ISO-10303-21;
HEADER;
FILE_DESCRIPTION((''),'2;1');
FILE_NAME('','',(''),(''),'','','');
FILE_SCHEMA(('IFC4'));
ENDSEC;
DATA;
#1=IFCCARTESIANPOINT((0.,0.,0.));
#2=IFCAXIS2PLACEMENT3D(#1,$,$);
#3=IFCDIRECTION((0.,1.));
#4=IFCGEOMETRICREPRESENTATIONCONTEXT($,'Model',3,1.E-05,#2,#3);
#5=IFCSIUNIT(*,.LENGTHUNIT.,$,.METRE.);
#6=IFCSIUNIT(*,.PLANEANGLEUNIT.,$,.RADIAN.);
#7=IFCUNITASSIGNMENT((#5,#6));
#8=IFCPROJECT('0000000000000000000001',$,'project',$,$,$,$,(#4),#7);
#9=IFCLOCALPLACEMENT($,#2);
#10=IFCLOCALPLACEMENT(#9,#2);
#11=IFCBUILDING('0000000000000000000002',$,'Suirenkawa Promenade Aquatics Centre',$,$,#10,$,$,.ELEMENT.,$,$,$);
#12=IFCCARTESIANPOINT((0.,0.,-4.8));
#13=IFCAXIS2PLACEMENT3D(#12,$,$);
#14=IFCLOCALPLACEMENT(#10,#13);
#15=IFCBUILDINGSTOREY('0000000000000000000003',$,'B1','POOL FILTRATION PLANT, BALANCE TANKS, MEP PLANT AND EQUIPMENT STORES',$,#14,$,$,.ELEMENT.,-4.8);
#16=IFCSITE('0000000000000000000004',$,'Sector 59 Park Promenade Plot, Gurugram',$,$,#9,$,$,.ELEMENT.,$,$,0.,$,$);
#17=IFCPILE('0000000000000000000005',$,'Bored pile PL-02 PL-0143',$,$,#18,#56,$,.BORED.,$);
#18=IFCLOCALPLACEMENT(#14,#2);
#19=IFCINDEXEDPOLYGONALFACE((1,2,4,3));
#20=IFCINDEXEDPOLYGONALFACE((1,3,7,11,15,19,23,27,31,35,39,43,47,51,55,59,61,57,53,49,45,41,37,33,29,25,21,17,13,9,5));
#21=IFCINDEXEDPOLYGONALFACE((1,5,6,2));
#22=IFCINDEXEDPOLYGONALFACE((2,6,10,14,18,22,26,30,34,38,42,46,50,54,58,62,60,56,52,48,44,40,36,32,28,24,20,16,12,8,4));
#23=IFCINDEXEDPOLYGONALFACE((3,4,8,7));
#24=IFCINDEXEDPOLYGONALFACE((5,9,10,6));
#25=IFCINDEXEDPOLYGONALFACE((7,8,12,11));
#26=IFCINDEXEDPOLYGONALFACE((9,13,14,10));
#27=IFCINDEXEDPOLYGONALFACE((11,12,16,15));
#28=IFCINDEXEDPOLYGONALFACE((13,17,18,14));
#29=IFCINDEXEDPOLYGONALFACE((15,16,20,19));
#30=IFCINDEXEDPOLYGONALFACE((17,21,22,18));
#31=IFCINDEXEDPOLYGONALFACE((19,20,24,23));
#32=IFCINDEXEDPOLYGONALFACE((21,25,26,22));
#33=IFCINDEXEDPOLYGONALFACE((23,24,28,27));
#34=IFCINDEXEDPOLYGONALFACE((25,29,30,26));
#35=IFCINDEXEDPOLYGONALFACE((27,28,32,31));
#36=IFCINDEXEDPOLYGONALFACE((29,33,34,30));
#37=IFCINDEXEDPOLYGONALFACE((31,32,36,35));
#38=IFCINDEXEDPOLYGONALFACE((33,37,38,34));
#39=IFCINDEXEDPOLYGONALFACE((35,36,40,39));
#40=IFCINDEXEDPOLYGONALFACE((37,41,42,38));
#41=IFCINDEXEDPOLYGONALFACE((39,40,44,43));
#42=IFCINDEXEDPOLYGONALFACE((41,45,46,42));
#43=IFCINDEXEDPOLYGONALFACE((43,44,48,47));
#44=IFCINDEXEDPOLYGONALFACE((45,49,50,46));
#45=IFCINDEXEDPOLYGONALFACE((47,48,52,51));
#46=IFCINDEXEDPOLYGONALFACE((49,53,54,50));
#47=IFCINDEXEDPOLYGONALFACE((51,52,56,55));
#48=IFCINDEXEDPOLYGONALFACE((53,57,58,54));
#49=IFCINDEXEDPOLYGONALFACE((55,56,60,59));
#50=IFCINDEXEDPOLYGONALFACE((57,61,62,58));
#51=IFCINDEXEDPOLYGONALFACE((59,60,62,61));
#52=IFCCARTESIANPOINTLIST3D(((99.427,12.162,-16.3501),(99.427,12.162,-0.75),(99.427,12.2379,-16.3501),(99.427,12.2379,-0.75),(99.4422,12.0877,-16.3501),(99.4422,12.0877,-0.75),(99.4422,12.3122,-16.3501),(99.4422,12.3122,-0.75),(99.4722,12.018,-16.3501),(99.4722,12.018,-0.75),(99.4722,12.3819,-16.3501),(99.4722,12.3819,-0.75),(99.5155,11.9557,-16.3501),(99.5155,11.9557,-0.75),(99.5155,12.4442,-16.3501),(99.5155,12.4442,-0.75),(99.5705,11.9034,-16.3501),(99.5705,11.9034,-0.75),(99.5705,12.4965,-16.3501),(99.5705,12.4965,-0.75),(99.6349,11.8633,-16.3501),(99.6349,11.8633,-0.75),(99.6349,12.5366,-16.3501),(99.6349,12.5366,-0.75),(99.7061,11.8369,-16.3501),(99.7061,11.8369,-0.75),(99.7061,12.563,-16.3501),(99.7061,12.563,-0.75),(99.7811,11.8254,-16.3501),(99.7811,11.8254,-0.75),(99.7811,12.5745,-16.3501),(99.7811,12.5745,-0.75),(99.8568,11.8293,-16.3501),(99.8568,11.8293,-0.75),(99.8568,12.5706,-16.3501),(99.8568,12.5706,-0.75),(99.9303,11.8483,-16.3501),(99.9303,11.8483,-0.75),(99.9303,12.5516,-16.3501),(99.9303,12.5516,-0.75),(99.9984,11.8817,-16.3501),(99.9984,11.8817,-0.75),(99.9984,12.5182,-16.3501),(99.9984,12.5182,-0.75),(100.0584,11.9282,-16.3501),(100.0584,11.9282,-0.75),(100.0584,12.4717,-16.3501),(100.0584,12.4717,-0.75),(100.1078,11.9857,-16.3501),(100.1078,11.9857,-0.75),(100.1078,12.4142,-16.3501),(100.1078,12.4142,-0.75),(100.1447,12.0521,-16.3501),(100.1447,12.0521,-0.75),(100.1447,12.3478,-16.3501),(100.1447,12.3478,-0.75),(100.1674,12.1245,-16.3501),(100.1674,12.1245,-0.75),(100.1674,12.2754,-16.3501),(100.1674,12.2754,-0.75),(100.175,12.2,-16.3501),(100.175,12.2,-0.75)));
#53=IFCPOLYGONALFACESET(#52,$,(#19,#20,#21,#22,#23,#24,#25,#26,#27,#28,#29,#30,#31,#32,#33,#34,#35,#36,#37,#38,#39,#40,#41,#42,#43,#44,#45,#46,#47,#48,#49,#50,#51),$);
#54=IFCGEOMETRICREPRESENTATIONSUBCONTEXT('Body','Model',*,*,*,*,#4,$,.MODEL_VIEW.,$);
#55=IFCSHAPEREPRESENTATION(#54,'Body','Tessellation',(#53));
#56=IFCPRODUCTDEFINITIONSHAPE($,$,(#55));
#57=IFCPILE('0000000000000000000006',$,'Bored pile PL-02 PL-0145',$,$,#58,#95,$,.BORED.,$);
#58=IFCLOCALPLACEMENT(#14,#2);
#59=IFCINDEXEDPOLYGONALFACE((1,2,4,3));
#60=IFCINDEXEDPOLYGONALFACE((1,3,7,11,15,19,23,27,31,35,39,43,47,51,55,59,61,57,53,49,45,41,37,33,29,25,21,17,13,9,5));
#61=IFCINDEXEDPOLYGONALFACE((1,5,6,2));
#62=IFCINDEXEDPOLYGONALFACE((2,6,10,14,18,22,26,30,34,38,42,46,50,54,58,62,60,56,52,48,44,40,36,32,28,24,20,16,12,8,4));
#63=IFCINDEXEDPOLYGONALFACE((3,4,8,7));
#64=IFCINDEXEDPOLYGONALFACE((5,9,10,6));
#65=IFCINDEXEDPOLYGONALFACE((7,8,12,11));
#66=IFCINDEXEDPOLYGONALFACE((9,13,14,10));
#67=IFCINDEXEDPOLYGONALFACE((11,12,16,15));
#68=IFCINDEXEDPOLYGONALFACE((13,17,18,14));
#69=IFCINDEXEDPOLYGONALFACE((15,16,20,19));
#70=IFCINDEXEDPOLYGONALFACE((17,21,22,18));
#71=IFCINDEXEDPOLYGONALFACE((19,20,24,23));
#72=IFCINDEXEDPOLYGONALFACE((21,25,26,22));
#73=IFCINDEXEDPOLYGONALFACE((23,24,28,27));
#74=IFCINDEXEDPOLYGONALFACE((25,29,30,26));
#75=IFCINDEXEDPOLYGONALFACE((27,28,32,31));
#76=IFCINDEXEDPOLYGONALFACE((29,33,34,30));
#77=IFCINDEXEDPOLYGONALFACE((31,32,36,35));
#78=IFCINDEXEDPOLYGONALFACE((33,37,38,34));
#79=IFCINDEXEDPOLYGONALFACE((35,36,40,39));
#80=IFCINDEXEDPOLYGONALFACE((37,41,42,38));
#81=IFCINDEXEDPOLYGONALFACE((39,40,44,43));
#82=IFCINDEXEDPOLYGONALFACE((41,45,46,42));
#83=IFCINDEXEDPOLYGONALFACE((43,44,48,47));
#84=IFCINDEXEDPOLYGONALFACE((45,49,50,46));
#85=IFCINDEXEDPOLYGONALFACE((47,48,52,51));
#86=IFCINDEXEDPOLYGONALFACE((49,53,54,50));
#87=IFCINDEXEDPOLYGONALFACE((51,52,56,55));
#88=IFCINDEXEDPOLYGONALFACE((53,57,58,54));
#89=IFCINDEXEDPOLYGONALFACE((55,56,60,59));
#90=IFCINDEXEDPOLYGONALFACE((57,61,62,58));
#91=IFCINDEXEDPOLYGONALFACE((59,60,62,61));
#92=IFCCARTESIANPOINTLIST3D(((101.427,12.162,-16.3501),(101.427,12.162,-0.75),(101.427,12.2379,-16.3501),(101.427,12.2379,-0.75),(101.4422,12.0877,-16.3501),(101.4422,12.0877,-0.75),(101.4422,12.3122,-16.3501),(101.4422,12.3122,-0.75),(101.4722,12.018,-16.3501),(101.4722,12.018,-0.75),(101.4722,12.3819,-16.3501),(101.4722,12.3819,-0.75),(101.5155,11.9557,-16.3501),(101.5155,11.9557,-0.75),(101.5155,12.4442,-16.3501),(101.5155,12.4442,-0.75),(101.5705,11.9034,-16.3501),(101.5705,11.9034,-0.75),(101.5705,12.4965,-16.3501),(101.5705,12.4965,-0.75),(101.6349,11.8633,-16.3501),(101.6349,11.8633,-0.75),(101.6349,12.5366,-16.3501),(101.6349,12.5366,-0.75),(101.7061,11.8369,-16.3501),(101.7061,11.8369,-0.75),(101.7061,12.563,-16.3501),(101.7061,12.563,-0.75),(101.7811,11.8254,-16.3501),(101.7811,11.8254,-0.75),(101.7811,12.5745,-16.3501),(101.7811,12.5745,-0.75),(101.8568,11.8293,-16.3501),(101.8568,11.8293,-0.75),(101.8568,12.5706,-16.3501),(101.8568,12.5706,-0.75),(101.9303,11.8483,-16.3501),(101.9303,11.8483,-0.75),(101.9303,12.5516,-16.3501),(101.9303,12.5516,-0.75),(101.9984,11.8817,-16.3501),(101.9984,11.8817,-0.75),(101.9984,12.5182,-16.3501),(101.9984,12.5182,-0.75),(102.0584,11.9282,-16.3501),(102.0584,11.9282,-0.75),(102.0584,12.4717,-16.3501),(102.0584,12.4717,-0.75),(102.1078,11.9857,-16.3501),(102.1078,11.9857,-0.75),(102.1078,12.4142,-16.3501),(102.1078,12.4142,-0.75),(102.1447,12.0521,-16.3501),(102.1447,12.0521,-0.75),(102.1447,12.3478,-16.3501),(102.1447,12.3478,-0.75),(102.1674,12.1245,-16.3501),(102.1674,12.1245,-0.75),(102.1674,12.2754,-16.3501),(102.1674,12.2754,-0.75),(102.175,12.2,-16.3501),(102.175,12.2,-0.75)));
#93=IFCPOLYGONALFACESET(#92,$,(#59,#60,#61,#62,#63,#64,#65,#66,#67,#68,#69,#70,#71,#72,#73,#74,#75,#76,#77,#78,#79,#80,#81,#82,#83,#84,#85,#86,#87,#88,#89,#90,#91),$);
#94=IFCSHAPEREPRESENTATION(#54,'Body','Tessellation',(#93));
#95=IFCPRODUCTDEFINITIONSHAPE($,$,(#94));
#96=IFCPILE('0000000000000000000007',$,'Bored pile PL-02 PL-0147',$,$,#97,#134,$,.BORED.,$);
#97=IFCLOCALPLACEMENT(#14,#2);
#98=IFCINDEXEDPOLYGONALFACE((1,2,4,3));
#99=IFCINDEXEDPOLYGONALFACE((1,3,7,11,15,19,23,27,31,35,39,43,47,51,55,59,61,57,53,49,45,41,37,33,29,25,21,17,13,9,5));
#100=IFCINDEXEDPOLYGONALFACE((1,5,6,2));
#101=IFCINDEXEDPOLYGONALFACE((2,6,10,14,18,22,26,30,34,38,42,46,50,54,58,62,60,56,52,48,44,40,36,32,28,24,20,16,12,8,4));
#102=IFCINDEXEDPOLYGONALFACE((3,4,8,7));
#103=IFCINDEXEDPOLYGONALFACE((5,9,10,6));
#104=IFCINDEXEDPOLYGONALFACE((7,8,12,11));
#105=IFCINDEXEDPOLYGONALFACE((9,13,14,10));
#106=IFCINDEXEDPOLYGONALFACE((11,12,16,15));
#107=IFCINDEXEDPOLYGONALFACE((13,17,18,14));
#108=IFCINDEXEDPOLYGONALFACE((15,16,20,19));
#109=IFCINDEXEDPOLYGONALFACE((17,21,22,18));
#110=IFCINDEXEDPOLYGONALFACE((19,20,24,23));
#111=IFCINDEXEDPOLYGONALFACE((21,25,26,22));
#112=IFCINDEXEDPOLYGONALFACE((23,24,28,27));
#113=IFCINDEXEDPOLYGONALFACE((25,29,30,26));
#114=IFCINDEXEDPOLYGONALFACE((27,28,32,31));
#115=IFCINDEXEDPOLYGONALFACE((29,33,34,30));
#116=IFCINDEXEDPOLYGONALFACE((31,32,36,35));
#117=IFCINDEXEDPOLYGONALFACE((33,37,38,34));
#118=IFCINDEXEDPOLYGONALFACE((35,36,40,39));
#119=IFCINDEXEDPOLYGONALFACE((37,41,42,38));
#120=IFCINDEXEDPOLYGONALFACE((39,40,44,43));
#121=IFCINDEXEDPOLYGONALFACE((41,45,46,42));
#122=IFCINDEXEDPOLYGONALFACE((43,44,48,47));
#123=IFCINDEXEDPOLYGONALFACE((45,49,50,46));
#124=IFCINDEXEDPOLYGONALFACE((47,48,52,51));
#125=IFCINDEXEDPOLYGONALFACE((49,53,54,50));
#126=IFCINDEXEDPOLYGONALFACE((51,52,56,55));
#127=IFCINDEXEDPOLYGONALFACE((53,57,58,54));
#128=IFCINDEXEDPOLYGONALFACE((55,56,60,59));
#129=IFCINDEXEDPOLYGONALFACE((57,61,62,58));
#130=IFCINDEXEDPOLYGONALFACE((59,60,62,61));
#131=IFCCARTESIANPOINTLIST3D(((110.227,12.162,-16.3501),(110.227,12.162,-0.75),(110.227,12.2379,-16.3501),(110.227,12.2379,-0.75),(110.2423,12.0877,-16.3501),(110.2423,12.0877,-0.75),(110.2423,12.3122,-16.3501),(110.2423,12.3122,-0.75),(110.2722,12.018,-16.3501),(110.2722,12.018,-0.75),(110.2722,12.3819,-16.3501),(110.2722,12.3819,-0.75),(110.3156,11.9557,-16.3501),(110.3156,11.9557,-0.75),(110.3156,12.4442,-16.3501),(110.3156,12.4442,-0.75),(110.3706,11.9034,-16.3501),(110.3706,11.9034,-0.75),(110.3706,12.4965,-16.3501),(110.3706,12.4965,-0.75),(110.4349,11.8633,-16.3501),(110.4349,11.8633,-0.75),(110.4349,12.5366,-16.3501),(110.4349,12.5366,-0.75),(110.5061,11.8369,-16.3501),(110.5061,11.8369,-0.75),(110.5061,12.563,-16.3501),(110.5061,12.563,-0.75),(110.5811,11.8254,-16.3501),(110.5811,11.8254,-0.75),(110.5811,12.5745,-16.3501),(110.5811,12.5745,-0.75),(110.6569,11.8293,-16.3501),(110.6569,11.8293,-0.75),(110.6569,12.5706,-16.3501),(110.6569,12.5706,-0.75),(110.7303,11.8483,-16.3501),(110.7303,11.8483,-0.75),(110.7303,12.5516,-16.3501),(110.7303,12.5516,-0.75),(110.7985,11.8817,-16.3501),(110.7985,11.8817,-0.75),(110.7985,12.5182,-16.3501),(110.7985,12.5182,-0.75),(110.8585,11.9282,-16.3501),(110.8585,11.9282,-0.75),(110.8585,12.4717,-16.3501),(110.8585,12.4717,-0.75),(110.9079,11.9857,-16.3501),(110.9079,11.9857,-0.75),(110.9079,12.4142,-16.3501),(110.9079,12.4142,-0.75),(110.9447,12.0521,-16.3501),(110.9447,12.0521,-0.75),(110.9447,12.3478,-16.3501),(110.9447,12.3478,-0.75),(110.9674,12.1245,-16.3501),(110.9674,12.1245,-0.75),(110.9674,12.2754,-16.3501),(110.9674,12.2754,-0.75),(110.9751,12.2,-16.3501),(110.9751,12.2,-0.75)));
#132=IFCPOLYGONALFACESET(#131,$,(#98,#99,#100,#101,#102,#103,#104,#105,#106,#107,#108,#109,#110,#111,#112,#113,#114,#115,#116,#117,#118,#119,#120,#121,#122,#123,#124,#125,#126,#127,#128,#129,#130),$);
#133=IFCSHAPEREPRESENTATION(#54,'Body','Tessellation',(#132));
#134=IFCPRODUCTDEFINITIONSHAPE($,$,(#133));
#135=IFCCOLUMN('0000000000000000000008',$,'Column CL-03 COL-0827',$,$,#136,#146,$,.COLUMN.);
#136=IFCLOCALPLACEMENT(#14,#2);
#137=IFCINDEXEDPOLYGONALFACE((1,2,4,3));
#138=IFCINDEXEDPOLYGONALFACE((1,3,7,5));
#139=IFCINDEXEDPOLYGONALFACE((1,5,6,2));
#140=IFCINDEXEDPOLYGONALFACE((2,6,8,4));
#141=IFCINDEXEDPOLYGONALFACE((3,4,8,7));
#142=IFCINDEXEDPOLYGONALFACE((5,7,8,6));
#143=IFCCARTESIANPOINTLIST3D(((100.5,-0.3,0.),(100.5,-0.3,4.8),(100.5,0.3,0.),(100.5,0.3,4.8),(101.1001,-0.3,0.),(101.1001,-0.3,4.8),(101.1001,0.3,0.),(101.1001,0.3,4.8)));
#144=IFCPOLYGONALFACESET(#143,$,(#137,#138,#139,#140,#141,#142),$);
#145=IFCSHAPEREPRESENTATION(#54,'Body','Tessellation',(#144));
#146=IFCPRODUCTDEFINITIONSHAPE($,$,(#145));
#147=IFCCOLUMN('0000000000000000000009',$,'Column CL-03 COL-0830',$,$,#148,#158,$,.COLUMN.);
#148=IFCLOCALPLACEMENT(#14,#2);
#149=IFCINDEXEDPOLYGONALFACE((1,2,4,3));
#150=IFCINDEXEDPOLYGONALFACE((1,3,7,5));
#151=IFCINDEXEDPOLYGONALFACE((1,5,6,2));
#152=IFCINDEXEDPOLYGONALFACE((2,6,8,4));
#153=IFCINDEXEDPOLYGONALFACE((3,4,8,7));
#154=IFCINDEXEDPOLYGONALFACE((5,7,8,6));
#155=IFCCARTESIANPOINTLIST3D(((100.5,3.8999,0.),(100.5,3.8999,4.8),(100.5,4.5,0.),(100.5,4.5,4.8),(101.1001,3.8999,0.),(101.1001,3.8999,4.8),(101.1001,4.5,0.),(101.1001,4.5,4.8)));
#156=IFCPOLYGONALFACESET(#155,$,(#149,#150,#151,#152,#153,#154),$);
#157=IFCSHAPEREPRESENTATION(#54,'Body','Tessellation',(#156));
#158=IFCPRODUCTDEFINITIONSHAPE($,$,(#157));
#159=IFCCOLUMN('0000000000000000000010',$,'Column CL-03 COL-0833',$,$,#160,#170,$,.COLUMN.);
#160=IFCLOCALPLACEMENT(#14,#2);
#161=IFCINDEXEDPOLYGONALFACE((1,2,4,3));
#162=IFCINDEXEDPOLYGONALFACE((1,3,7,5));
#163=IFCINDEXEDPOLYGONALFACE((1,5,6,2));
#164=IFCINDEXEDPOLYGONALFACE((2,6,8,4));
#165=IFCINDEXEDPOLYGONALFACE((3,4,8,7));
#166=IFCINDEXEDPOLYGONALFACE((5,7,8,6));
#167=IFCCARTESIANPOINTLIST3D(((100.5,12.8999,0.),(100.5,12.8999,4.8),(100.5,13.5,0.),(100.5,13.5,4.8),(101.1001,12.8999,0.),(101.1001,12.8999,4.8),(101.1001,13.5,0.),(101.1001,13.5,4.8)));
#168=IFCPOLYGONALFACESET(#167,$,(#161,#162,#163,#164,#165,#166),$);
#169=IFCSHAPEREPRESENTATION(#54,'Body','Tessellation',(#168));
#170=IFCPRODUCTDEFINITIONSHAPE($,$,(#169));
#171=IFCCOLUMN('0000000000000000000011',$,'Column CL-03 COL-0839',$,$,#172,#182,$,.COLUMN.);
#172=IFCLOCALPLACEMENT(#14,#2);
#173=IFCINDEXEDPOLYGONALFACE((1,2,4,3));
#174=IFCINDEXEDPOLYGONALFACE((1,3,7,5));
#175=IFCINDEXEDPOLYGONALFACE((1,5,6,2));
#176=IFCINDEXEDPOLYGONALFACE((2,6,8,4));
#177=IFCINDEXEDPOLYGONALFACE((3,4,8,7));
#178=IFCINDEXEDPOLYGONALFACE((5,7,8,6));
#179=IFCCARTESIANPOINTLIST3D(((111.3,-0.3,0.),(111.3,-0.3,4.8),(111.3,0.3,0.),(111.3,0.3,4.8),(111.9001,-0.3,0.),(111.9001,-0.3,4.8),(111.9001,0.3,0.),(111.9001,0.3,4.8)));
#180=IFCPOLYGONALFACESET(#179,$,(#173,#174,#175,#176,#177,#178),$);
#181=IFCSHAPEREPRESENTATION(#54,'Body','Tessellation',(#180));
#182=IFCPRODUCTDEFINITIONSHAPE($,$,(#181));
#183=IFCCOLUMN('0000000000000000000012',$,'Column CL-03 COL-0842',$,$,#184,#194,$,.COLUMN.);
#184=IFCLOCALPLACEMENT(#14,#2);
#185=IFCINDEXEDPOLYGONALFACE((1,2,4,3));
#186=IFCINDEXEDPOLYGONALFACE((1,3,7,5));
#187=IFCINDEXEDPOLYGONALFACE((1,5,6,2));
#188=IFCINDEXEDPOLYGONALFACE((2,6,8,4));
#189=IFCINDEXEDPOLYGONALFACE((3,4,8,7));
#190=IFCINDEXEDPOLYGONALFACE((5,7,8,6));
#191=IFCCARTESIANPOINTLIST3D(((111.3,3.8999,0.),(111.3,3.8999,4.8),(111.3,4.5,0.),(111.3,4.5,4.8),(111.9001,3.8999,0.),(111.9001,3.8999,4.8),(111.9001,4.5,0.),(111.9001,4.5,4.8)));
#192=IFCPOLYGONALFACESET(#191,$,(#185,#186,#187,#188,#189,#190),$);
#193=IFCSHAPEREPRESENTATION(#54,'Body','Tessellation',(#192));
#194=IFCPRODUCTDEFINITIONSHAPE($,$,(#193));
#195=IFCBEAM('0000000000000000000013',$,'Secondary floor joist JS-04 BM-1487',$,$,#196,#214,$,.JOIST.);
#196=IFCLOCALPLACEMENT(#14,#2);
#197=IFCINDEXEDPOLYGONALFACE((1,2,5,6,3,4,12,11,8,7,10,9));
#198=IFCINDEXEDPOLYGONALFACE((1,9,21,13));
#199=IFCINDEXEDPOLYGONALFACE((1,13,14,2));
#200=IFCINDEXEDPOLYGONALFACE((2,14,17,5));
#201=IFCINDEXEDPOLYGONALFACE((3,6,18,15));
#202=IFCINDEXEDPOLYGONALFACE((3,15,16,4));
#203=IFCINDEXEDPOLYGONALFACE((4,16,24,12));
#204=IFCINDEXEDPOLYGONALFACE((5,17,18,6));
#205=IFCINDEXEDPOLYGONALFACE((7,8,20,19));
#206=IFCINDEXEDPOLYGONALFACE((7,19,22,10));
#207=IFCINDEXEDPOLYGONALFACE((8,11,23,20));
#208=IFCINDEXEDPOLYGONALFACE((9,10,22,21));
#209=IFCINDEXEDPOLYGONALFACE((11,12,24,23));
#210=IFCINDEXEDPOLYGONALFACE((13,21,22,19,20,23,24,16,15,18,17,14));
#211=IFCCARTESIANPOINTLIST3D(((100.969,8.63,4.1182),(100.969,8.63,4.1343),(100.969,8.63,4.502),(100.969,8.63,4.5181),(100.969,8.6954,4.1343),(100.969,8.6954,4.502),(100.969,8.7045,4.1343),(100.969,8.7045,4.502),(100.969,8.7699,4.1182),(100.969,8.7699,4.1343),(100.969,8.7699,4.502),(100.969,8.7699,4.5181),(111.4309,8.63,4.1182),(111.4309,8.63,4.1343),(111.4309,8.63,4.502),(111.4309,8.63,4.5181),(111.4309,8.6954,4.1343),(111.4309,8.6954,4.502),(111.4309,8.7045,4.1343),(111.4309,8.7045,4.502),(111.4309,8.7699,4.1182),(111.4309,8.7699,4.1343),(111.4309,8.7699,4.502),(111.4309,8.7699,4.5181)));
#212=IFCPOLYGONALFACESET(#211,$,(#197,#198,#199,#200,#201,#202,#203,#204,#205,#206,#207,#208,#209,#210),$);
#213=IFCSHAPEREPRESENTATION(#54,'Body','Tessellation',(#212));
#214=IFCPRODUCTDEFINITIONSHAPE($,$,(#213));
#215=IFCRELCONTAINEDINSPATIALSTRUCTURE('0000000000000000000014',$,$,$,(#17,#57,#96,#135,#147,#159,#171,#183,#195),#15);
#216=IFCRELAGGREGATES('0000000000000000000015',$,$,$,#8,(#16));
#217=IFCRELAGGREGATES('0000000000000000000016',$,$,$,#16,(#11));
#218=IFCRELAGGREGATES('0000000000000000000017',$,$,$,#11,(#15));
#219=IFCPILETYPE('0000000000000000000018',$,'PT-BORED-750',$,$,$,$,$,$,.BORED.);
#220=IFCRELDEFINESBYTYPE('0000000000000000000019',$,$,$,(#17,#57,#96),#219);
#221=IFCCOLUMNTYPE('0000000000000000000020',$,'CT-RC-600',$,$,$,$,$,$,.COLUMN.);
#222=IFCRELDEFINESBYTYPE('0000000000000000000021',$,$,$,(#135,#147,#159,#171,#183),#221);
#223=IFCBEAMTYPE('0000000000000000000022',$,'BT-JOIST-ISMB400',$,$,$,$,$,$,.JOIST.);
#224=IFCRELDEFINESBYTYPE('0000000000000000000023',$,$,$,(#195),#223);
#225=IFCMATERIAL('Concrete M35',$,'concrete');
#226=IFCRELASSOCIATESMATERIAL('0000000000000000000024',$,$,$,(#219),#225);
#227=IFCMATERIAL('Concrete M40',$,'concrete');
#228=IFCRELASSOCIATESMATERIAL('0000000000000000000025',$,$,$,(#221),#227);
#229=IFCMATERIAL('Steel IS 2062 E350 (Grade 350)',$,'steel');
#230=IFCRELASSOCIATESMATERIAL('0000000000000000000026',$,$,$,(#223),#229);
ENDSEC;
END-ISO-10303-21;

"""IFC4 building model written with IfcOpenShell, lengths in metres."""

from ifc_helpers import new_model, si_unit, direction, frame, origin, origin_2d, place, context, subcontext, project, spatial, rectangle, circle, i_section, extrude, material, material_profile, profile_set, type_object, element, save


model = new_model("IFC4")

# Units and contexts
model_context = context("Model", 3, precision=1e-05, world=origin(), true_north=direction((0.0, 1.0)))
body_context = subcontext(model_context, "Body", "Model", "MODEL_VIEW")
ifc_project = project(units=[si_unit("LENGTHUNIT", "METRE"), si_unit("PLANEANGLEUNIT", "RADIAN")], contexts=[model_context])

# Site, building, storey
site_placement = place(None, origin())
site = spatial("IfcSite", under=ifc_project, at=site_placement, Name="Sector 59 Park Promenade Plot, Gurugram", CompositionType="ELEMENT", RefElevation=0.0)
building_placement = place(site_placement, origin())
building = spatial("IfcBuilding", under=site, at=building_placement, Name="Suirenkawa Promenade Aquatics Centre", CompositionType="ELEMENT")
storey_placement = place(building_placement, frame((0.0, 0.0, -4.8)))
storey = spatial("IfcBuildingStorey", under=building, at=storey_placement, Name="B1", Description="POOL FILTRATION PLANT, BALANCE TANKS, MEP PLANT AND EQUIPMENT STORES", CompositionType="ELEMENT", Elevation=-4.8)

# Shared definitions
ifc_material_1 = material(Name="Concrete M35", Category="concrete")

# Piles
ifc_material_profile_1 = material_profile(ifc_material_1, circle(Radius=0.375, at=origin_2d()), Name="PILE D750", Category="concrete")
ifc_profile_set_1 = profile_set([ifc_material_profile_1], Name="Concrete M35")
pile_type = type_object("IfcPileType", Name="PT-BORED-750", PredefinedType="BORED", material=ifc_profile_set_1)
for number, where, z_axis, x_axis, name in (
    (1, (99.8, 12.2, -0.75), (0.0, 0.0, -1.0), (1.0, 0.0, 0.0), "Bored pile PL-02 PL-0143"),
    (2, (101.8, 12.2, -0.75), (0.0, 0.0, -1.0), (1.0, 0.0, 0.0), "Bored pile PL-02 PL-0145"),
    (3, (110.6001, 12.2, -0.75), (0.0, 0.0, -1.0), (1.0, 0.0, 0.0), "Bored pile PL-02 PL-0147"),
):
    element("IfcPile", number, at=place(storey_placement, frame(where, z_axis=z_axis, x_axis=x_axis)), inside=storey, type_object=pile_type, Name=name, PredefinedType="BORED", context=body_context, shape_type="SweptSolid", body=[
        extrude(circle(Radius=0.375, at=origin_2d()), origin(), (0.0, 0.0, 1.0), 15.6001),
    ])

# Columns
ifc_material_2 = material(Name="Concrete M40", Category="concrete")
ifc_material_profile_2 = material_profile(ifc_material_2, rectangle(XDim=0.6001, YDim=0.6001, at=origin_2d()), Name="RC COL 600x600", Category="concrete")
ifc_profile_set_2 = profile_set([ifc_material_profile_2], Name="Concrete M40")
column_type = type_object("IfcColumnType", Name="CT-RC-600", PredefinedType="COLUMN", material=ifc_profile_set_2)
for number, where, z_axis, x_axis, name in (
    (4, (100.8, 0.0, 0.0), (0.0, 0.0, 1.0), (1.0, 0.0, 0.0), "Column CL-03 COL-0827"),
    (5, (100.8, 4.2, 0.0), (0.0, 0.0, 1.0), (1.0, 0.0, 0.0), "Column CL-03 COL-0830"),
    (6, (100.8, 13.2, 0.0), (0.0, 0.0, 1.0), (1.0, 0.0, 0.0), "Column CL-03 COL-0833"),
    (7, (111.6001, 0.0, 0.0), (0.0, 0.0, 1.0), (1.0, 0.0, 0.0), "Column CL-03 COL-0839"),
    (8, (111.6001, 4.2, 0.0), (0.0, 0.0, 1.0), (1.0, 0.0, 0.0), "Column CL-03 COL-0842"),
):
    element("IfcColumn", number, at=place(storey_placement, frame(where, z_axis=z_axis, x_axis=x_axis)), inside=storey, type_object=column_type, Name=name, PredefinedType="COLUMN", context=body_context, shape_type="SweptSolid", body=[
        extrude(rectangle(XDim=0.6001, YDim=0.6001, at=origin_2d()), origin(), (0.0, 0.0, 1.0), 4.8),
    ])

# Beam
ifc_material_3 = material(Name="Steel IS 2062 E350 (Grade 350)", Category="steel")
ifc_material_profile_3 = material_profile(ifc_material_3, i_section(OverallWidth=0.1399, OverallDepth=0.3999, WebThickness=0.009, FlangeThickness=0.0161, at=origin_2d()), Name="ISMB 400", Category="steel")
ifc_profile_set_3 = profile_set([ifc_material_profile_3], Name="Steel IS 2062 E350 (Grade 350)")
beam_type_1 = type_object("IfcBeamType", Name="BT-JOIST-ISMB400", PredefinedType="JOIST", material=ifc_profile_set_3)
for number, where, z_axis, x_axis, name in (
    (9, (100.969, 8.7, 4.3181), (1.0, 0.0, 0.0), (0.0, 1.0, 0.0), "Secondary floor joist JS-04 BM-1487"),
):
    element("IfcBeam", number, at=place(storey_placement, frame(where, z_axis=z_axis, x_axis=x_axis)), inside=storey, type_object=beam_type_1, Name=name, PredefinedType="JOIST", context=body_context, shape_type="SweptSolid", body=[
        extrude(i_section(OverallWidth=0.1399, OverallDepth=0.3999, WebThickness=0.009, FlangeThickness=0.0161, at=origin_2d()), origin(), (0.0, 0.0, 1.0), 10.4619),
    ])

save(model, "model.ifc")
